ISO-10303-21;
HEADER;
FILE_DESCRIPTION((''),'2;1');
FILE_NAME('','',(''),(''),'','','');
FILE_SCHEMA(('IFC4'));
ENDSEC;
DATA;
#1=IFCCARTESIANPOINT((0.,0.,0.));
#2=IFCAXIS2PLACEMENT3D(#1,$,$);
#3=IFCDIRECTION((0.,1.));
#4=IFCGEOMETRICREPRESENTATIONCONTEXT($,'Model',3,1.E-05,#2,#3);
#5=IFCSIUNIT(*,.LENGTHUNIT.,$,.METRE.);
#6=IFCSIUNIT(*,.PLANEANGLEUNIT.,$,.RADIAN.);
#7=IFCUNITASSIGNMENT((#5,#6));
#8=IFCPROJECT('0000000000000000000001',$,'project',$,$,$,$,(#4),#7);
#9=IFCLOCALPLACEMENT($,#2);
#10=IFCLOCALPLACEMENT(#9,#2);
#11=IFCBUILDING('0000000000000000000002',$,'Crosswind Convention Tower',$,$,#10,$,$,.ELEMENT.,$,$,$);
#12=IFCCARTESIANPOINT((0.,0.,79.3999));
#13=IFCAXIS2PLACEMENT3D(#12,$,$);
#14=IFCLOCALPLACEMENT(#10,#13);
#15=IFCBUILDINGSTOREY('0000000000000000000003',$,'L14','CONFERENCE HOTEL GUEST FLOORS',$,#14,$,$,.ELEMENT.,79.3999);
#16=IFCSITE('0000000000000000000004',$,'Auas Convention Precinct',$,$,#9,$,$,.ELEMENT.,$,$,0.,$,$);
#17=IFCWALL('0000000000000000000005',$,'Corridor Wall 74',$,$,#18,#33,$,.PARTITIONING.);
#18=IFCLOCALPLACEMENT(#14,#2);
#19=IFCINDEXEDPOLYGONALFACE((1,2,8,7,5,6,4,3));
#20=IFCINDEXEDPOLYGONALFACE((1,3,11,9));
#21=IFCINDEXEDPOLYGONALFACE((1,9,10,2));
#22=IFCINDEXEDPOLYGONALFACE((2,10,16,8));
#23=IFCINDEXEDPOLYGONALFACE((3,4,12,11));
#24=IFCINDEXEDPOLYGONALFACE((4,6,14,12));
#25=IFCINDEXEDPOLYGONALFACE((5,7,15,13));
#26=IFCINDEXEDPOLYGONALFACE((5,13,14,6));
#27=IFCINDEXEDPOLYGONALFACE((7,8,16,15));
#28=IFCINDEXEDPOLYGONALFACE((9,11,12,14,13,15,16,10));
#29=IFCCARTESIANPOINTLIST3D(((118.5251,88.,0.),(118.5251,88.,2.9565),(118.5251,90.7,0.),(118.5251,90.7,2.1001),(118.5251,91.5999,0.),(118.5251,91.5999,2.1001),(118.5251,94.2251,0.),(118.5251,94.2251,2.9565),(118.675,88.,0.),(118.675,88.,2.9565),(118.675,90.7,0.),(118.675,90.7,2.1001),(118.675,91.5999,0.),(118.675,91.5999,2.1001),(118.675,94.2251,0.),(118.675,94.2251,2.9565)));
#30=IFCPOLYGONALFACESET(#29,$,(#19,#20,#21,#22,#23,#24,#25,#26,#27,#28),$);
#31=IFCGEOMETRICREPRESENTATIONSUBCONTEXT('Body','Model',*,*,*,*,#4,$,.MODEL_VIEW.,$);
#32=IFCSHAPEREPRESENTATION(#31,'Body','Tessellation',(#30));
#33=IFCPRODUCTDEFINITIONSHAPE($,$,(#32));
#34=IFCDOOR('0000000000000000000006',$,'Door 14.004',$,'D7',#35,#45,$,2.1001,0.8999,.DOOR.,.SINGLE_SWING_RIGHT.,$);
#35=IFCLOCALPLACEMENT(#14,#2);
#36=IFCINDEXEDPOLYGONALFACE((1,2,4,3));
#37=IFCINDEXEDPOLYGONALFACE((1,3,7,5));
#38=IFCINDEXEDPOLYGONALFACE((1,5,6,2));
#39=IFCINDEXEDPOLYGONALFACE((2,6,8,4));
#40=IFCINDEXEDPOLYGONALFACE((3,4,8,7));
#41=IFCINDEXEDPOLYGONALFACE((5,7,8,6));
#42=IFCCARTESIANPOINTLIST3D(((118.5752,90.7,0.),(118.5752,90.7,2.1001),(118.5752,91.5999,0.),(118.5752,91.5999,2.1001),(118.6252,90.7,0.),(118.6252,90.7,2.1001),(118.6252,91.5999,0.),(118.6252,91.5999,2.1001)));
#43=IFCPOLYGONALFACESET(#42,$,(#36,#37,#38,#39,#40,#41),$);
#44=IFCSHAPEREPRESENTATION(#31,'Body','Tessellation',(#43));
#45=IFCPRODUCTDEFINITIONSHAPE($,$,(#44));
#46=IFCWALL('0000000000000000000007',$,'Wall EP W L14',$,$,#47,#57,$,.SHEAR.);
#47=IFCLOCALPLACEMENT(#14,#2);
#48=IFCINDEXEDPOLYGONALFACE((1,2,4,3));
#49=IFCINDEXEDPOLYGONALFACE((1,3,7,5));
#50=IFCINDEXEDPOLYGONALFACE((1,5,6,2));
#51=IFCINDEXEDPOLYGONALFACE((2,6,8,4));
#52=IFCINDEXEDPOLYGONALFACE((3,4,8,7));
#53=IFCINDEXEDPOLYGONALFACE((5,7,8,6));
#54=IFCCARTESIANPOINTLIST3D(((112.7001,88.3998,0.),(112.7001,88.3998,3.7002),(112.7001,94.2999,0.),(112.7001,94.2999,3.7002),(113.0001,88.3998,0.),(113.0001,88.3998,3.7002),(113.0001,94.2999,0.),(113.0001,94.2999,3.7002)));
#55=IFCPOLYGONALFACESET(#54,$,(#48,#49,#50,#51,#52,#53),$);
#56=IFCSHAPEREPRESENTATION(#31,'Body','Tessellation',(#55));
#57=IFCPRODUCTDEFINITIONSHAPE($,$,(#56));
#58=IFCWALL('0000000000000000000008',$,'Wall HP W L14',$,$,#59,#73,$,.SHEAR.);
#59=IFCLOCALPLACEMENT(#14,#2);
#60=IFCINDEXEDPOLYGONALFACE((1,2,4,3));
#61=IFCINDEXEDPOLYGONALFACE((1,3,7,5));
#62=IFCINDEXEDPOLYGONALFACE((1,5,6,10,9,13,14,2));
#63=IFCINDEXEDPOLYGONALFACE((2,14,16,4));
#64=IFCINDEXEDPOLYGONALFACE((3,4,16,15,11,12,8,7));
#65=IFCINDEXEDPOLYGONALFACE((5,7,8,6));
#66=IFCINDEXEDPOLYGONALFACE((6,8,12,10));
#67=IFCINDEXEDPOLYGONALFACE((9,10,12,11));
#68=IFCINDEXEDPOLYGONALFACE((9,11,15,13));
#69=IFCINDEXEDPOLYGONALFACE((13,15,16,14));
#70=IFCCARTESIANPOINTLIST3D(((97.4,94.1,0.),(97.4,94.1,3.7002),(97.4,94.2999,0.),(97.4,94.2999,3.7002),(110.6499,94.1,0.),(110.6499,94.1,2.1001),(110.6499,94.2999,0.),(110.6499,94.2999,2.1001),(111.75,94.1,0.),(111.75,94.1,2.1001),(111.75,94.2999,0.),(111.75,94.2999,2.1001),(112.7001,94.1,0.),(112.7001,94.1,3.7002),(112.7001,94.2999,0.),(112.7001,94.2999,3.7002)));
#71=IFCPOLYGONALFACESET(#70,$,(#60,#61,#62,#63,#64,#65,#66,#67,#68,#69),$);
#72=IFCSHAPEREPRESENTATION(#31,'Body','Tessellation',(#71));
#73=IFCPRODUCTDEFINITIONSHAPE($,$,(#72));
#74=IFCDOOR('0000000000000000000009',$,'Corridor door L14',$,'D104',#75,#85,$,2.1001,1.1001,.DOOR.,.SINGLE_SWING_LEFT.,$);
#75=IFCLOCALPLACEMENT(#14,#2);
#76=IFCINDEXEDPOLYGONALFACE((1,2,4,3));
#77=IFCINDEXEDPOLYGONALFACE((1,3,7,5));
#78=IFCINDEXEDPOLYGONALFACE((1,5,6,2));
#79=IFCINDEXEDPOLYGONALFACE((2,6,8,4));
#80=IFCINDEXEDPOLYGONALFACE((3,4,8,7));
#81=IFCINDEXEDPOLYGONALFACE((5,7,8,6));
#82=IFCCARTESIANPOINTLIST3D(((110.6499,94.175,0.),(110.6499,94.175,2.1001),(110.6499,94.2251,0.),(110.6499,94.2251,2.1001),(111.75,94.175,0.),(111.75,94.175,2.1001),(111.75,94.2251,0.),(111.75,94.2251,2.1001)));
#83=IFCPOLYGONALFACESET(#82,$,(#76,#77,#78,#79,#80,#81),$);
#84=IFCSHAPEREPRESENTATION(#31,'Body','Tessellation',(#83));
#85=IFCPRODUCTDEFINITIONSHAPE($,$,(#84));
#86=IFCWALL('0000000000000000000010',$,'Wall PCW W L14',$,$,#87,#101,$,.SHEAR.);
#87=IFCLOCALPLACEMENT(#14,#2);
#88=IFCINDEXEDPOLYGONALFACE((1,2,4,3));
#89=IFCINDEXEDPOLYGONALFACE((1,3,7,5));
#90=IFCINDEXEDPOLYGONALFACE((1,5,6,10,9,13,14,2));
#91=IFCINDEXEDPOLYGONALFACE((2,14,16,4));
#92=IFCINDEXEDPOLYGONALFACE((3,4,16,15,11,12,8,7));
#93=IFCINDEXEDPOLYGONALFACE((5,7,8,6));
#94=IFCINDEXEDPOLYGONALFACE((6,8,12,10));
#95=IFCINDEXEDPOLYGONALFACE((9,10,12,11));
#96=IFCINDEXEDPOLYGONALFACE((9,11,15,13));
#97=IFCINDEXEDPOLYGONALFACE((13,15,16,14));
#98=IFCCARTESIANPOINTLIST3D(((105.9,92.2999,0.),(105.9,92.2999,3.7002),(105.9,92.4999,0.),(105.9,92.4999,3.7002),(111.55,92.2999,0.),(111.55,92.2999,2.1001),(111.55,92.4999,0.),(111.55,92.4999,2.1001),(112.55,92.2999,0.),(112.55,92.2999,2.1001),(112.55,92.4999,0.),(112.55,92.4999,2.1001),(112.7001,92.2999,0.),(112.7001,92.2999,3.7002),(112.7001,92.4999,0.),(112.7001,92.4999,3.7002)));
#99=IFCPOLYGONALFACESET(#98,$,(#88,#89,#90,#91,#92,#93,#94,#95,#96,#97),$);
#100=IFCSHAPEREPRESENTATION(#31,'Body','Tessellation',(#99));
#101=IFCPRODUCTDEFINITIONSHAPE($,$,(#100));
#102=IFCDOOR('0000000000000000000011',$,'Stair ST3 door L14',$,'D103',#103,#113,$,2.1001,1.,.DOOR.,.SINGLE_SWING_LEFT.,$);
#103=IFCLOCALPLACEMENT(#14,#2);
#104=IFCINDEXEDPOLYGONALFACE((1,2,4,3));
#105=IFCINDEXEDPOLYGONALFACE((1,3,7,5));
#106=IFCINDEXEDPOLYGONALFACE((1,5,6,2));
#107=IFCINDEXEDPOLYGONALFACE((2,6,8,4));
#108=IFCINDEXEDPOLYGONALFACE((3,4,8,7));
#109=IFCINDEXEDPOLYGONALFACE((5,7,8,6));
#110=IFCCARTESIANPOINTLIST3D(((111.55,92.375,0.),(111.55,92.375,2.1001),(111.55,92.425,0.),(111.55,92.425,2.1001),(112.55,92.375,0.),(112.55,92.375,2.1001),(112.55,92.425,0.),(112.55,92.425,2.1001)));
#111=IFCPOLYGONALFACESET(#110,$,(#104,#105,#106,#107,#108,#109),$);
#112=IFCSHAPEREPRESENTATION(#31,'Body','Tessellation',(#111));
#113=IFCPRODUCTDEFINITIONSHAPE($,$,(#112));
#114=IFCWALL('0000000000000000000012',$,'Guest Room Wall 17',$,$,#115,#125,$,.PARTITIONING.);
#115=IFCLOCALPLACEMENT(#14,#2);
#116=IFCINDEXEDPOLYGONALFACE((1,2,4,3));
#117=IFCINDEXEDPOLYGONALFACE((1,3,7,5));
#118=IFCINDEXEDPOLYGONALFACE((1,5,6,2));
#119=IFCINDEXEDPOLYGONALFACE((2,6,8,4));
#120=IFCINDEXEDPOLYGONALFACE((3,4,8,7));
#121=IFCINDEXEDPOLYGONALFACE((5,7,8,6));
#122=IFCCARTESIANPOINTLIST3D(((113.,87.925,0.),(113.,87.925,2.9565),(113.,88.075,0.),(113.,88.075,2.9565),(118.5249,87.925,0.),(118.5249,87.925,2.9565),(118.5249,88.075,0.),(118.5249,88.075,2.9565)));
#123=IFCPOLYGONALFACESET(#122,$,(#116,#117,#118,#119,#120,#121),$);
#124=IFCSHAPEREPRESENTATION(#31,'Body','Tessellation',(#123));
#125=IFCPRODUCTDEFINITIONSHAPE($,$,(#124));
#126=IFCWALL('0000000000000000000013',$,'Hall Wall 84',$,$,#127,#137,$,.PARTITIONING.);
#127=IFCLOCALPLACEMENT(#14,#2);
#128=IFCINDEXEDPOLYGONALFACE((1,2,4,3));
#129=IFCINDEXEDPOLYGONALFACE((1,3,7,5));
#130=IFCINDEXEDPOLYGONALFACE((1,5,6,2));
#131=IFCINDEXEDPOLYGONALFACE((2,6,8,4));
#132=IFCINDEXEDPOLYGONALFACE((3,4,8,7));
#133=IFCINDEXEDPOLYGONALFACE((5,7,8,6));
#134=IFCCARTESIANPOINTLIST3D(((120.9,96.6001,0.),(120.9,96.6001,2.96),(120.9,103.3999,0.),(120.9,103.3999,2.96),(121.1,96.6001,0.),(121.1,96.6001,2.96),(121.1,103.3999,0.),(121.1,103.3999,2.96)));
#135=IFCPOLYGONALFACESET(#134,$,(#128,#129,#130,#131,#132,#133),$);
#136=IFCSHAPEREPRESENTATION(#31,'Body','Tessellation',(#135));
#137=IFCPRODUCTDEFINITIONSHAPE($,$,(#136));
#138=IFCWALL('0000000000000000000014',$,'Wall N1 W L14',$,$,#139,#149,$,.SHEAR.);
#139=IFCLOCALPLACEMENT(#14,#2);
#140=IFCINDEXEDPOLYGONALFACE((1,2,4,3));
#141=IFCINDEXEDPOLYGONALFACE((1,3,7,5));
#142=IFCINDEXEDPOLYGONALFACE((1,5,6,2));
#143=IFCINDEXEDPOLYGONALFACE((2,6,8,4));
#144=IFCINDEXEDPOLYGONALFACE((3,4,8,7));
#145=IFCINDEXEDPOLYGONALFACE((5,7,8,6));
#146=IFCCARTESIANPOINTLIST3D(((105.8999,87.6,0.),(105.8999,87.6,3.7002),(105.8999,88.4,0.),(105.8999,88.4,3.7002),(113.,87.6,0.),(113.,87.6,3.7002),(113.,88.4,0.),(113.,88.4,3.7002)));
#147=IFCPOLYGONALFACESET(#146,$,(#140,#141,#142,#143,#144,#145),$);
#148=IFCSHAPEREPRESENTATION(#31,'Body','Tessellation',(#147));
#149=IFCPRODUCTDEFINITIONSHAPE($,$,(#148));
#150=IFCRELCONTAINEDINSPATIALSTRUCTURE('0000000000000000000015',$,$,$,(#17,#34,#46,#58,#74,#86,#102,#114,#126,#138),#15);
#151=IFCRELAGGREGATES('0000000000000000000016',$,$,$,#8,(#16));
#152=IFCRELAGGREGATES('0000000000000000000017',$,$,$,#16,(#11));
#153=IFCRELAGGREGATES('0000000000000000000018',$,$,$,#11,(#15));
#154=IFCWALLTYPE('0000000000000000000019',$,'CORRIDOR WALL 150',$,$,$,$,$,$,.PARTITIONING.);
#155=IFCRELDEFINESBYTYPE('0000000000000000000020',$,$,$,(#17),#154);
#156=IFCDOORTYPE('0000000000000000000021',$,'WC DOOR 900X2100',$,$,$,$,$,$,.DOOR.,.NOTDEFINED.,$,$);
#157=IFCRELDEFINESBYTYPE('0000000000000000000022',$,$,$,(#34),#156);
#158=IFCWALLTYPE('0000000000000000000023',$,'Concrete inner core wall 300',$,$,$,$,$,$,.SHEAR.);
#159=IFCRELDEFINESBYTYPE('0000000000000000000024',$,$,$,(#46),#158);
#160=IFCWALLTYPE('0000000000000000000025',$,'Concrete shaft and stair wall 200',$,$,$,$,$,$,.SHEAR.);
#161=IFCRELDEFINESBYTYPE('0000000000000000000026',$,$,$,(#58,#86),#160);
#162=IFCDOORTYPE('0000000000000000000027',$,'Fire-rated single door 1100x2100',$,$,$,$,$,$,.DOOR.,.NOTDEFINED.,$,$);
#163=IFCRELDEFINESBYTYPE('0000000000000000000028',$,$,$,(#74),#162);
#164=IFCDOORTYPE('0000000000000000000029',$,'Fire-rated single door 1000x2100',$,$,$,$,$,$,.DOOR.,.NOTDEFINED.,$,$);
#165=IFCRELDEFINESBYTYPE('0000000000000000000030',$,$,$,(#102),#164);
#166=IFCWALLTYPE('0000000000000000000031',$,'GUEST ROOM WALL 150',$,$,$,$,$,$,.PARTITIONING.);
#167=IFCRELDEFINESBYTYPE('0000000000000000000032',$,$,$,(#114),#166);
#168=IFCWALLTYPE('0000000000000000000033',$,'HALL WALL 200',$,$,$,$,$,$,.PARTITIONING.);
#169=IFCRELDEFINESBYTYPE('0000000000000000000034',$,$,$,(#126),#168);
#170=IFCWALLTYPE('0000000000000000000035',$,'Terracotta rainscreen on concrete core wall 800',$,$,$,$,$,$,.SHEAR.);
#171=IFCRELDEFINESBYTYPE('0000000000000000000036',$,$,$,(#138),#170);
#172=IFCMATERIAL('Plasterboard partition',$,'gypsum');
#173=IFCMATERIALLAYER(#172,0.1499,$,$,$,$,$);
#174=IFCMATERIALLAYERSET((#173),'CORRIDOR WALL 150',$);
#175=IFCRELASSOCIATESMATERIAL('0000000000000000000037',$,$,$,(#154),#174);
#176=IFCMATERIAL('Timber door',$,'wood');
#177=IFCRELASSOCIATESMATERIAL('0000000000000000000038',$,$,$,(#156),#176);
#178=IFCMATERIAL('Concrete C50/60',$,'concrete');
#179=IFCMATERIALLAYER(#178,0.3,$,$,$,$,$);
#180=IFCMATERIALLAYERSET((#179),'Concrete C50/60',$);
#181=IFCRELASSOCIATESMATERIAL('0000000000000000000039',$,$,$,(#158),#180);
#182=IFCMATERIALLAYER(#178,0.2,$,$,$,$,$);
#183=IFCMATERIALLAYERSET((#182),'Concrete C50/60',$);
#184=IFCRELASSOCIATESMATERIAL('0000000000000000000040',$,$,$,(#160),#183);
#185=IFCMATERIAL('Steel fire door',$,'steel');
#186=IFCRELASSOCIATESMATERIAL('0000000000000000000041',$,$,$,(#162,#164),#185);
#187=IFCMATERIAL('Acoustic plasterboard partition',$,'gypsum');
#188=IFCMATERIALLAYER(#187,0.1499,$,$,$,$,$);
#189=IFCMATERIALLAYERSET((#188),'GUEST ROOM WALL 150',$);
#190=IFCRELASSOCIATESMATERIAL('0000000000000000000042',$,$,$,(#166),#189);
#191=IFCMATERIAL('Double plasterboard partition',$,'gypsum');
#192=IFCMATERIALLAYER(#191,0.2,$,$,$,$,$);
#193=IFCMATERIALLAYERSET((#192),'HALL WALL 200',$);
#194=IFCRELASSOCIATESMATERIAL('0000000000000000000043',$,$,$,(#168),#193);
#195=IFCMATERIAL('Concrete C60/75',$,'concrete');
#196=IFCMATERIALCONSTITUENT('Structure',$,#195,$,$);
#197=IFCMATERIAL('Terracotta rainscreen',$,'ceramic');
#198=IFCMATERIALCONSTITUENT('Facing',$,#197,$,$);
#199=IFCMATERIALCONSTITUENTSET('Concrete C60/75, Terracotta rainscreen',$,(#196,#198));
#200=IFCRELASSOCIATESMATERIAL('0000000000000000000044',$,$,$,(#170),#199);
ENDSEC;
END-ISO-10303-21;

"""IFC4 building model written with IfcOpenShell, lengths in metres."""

from ifc_helpers import new_model, si_unit, direction, frame, frame_2d, origin, place, context, subcontext, project, spatial, rectangle, extrude, material, layer, layer_set, constituent, constituent_set, type_object, element, fill, save


model = new_model("IFC4")

# Units and contexts
model_context = context("Model", 3, precision=1e-05, world=origin(), true_north=direction((0.0, 1.0)))
body_context = subcontext(model_context, "Body", "Model", "MODEL_VIEW")
ifc_project = project(units=[si_unit("LENGTHUNIT", "METRE"), si_unit("PLANEANGLEUNIT", "RADIAN")], contexts=[model_context])

# Site, building, storey
site_placement = place(None, origin())
site = spatial("IfcSite", under=ifc_project, at=site_placement, Name="Auas Convention Precinct", CompositionType="ELEMENT", RefElevation=0.0)
building_placement = place(site_placement, origin())
building = spatial("IfcBuilding", under=site, at=building_placement, Name="Crosswind Convention Tower", CompositionType="ELEMENT")
storey_placement = place(building_placement, frame((0.0, 0.0, 79.3999)))
storey = spatial("IfcBuildingStorey", under=building, at=storey_placement, Name="L14", Description="CONFERENCE HOTEL GUEST FLOORS", CompositionType="ELEMENT", Elevation=79.3999)

# Shared definitions
ifc_material_1 = material(Name="Plasterboard partition", Category="gypsum")
ifc_layer_1 = layer(ifc_material_1, 0.1499)
ifc_layer_set_1 = layer_set([ifc_layer_1], Name="CORRIDOR WALL 150")
wall_type_1 = type_object("IfcWallType", Name="CORRIDOR WALL 150", PredefinedType="PARTITIONING", material=ifc_layer_set_1)

# Wall, opening, door
wall_1_placement = place(storey_placement, frame((118.6001, 88.0, 0.0), z_axis=(0.0, 0.0, 1.0), x_axis=(0.0, 1.0, 0.0)))
wall_1 = element("IfcWall", 1, at=wall_1_placement, inside=storey, type_object=wall_type_1, Name="Corridor Wall 74", PredefinedType="PARTITIONING", context=body_context, shape_type="SweptSolid", body=[
    extrude(rectangle(XDim=6.2251, YDim=0.1499, at=frame_2d((3.1125, 0.0))), origin(), (0.0, 0.0, 1.0), 2.9565),
])
opening_1_placement = place(wall_1_placement, frame((2.7, 0.0, 0.0)))
opening_1 = element("IfcOpeningElement", 2, at=opening_1_placement, cuts=wall_1, PredefinedType="OPENING", context=body_context, shape_type="SweptSolid", body=[
    extrude(rectangle(XDim=0.8999, YDim=2.1001, at=frame_2d((0.45, 1.05))), frame((0.0, 0.085, 0.0), z_axis=(0.0, -1.0, 0.0), x_axis=(1.0, 0.0, 0.0)), (0.0, 0.0, 1.0), 0.1699),
])
ifc_material_2 = material(Name="Timber door", Category="wood")
door_type_1 = type_object("IfcDoorType", Name="WC DOOR 900X2100", OperationType="NOTDEFINED", PredefinedType="DOOR", material=ifc_material_2)
door_1_placement = place(opening_1_placement, origin())
door_1 = element("IfcDoor", 3, at=door_1_placement, inside=storey, type_object=door_type_1, Name="Door 14.004", ObjectType="D7", OperationType="SINGLE_SWING_RIGHT", OverallHeight=2.1001, OverallWidth=0.8999, PredefinedType="DOOR", context=body_context, shape_type="SweptSolid", body=[
    extrude(rectangle(XDim=0.8999, YDim=2.1001, at=frame_2d((0.45, 1.05))), frame((0.0, 0.0249, 0.0), z_axis=(0.0, -1.0, 0.0), x_axis=(1.0, 0.0, 0.0)), (0.0, 0.0, 1.0), 0.05),
])
fill(opening_1, door_1)

# Wall
ifc_material_3 = material(Name="Concrete C50/60", Category="concrete")
ifc_layer_2 = layer(ifc_material_3, 0.3)
ifc_layer_set_2 = layer_set([ifc_layer_2], Name="Concrete C50/60")
wall_type_2 = type_object("IfcWallType", Name="Concrete inner core wall 300", PredefinedType="SHEAR", material=ifc_layer_set_2)
wall_2_placement = place(storey_placement, frame((112.8501, 94.3, 0.0), z_axis=(0.0, 0.0, 1.0), x_axis=(0.0, -1.0, 0.0)))
element("IfcWall", 4, at=wall_2_placement, inside=storey, type_object=wall_type_2, Name="Wall EP W L14", PredefinedType="SHEAR", context=body_context, shape_type="SweptSolid", body=[
    extrude(rectangle(XDim=5.9001, YDim=0.3, at=frame_2d((2.9502, 0.0))), origin(), (0.0, 0.0, 1.0), 3.7002),
])

# Walls, openings, doors
ifc_layer_3 = layer(ifc_material_3, 0.2)
ifc_layer_set_3 = layer_set([ifc_layer_3], Name="Concrete C50/60")
wall_type_3 = type_object("IfcWallType", Name="Concrete shaft and stair wall 200", PredefinedType="SHEAR", material=ifc_layer_set_3)
wall_3_placement = place(storey_placement, frame((112.7, 94.2, 0.0), z_axis=(0.0, 0.0, 1.0), x_axis=(-1.0, 0.0, 0.0)))
wall_3 = element("IfcWall", 5, at=wall_3_placement, inside=storey, type_object=wall_type_3, Name="Wall HP W L14", PredefinedType="SHEAR", context=body_context, shape_type="SweptSolid", body=[
    extrude(rectangle(XDim=15.3, YDim=0.2, at=frame_2d((7.6499, 0.0))), origin(), (0.0, 0.0, 1.0), 3.7002),
])
opening_2_placement = place(wall_3_placement, frame((0.95, 0.0, 0.0)))
opening_2 = element("IfcOpeningElement", 6, at=opening_2_placement, cuts=wall_3, PredefinedType="OPENING", context=body_context, shape_type="SweptSolid", body=[
    extrude(rectangle(XDim=1.1001, YDim=2.1001, at=frame_2d((0.55, 1.05))), frame((0.0, 0.1099, 0.0), z_axis=(0.0, -1.0, 0.0), x_axis=(1.0, 0.0, 0.0)), (0.0, 0.0, 1.0), 0.22),
])
ifc_material_4 = material(Name="Steel fire door", Category="steel")
door_type_2 = type_object("IfcDoorType", Name="Fire-rated single door 1100x2100", OperationType="NOTDEFINED", PredefinedType="DOOR", material=ifc_material_4)
door_2_placement = place(opening_2_placement, origin())
door_2 = element("IfcDoor", 7, at=door_2_placement, inside=storey, type_object=door_type_2, Name="Corridor door L14", ObjectType="D104", OperationType="SINGLE_SWING_LEFT", OverallHeight=2.1001, OverallWidth=1.1001, PredefinedType="DOOR", context=body_context, shape_type="SweptSolid", body=[
    extrude(rectangle(XDim=1.1001, YDim=2.1001, at=frame_2d((0.55, 1.05))), frame((0.0, 0.0249, 0.0), z_axis=(0.0, -1.0, 0.0), x_axis=(1.0, 0.0, 0.0)), (0.0, 0.0, 1.0), 0.05),
])
fill(opening_2, door_2)
wall_4_placement = place(storey_placement, frame((112.7, 92.3999, 0.0), z_axis=(0.0, 0.0, 1.0), x_axis=(-1.0, 0.0, 0.0)))
wall_4 = element("IfcWall", 8, at=wall_4_placement, inside=storey, type_object=wall_type_3, Name="Wall PCW W L14", PredefinedType="SHEAR", context=body_context, shape_type="SweptSolid", body=[
    extrude(rectangle(XDim=6.8, YDim=0.2, at=frame_2d((3.3999, 0.0))), origin(), (0.0, 0.0, 1.0), 3.7002),
])
opening_3_placement = place(wall_4_placement, frame((0.1499, 0.0, 0.0)))
opening_3 = element("IfcOpeningElement", 9, at=opening_3_placement, cuts=wall_4, PredefinedType="OPENING", context=body_context, shape_type="SweptSolid", body=[
    extrude(rectangle(XDim=1.0, YDim=2.1001, at=frame_2d((0.5, 1.05))), frame((0.0, 0.1099, 0.0), z_axis=(0.0, -1.0, 0.0), x_axis=(1.0, 0.0, 0.0)), (0.0, 0.0, 1.0), 0.22),
])
door_type_3 = type_object("IfcDoorType", Name="Fire-rated single door 1000x2100", OperationType="NOTDEFINED", PredefinedType="DOOR", material=ifc_material_4)
door_3_placement = place(opening_3_placement, origin())
door_3 = element("IfcDoor", 10, at=door_3_placement, inside=storey, type_object=door_type_3, Name="Stair ST3 door L14", ObjectType="D103", OperationType="SINGLE_SWING_LEFT", OverallHeight=2.1001, OverallWidth=1.0, PredefinedType="DOOR", context=body_context, shape_type="SweptSolid", body=[
    extrude(rectangle(XDim=1.0, YDim=2.1001, at=frame_2d((0.5, 1.05))), frame((0.0, 0.0249, 0.0), z_axis=(0.0, -1.0, 0.0), x_axis=(1.0, 0.0, 0.0)), (0.0, 0.0, 1.0), 0.05),
])
fill(opening_3, door_3)

# Wall
ifc_material_5 = material(Name="Acoustic plasterboard partition", Category="gypsum")
ifc_layer_4 = layer(ifc_material_5, 0.1499)
ifc_layer_set_4 = layer_set([ifc_layer_4], Name="GUEST ROOM WALL 150")
wall_type_4 = type_object("IfcWallType", Name="GUEST ROOM WALL 150", PredefinedType="PARTITIONING", material=ifc_layer_set_4)
wall_5_placement = place(storey_placement, frame((113.0, 88.0, 0.0), z_axis=(0.0, 0.0, 1.0), x_axis=(1.0, 0.0, 0.0)))
element("IfcWall", 11, at=wall_5_placement, inside=storey, type_object=wall_type_4, Name="Guest Room Wall 17", PredefinedType="PARTITIONING", context=body_context, shape_type="SweptSolid", body=[
    extrude(rectangle(XDim=5.5249, YDim=0.1499, at=frame_2d((2.7625, 0.0))), origin(), (0.0, 0.0, 1.0), 2.9565),
])

# Shared definitions
ifc_material_6 = material(Name="Double plasterboard partition", Category="gypsum")
ifc_layer_5 = layer(ifc_material_6, 0.2)
ifc_layer_set_5 = layer_set([ifc_layer_5], Name="HALL WALL 200")
wall_type_5 = type_object("IfcWallType", Name="HALL WALL 200", PredefinedType="PARTITIONING", material=ifc_layer_set_5)

# Walls
wall_6_placement = place(storey_placement, frame((121.0, 96.6001, 0.0), z_axis=(0.0, 0.0, 1.0), x_axis=(0.0, 1.0, 0.0)))
element("IfcWall", 12, at=wall_6_placement, inside=storey, type_object=wall_type_5, Name="Hall Wall 84", PredefinedType="PARTITIONING", context=body_context, shape_type="SweptSolid", body=[
    extrude(rectangle(XDim=6.7998, YDim=0.2, at=frame_2d((3.3999, 0.0))), origin(), (0.0, 0.0, 1.0), 2.96),
])
ifc_material_7 = material(Name="Concrete C60/75", Category="concrete")
ifc_constituent_1 = constituent(ifc_material_7, Name="Structure")
ifc_material_8 = material(Name="Terracotta rainscreen", Category="ceramic")
ifc_constituent_2 = constituent(ifc_material_8, Name="Facing")
ifc_constituent_set = constituent_set(constituents=[ifc_constituent_1, ifc_constituent_2], Name="Concrete C60/75, Terracotta rainscreen")
wall_type_6 = type_object("IfcWallType", Name="Terracotta rainscreen on concrete core wall 800", PredefinedType="SHEAR", material=ifc_constituent_set)
wall_7_placement = place(storey_placement, frame((113.0, 88.0, 0.0), z_axis=(0.0, 0.0, 1.0), x_axis=(-1.0, 0.0, 0.0)))
element("IfcWall", 13, at=wall_7_placement, inside=storey, type_object=wall_type_6, Name="Wall N1 W L14", PredefinedType="SHEAR", context=body_context, shape_type="SweptSolid", body=[
    extrude(rectangle(XDim=7.1001, YDim=0.8, at=frame_2d((3.55, 0.0))), origin(), (0.0, 0.0, 1.0), 3.7002),
])

save(model, "model.ifc")
